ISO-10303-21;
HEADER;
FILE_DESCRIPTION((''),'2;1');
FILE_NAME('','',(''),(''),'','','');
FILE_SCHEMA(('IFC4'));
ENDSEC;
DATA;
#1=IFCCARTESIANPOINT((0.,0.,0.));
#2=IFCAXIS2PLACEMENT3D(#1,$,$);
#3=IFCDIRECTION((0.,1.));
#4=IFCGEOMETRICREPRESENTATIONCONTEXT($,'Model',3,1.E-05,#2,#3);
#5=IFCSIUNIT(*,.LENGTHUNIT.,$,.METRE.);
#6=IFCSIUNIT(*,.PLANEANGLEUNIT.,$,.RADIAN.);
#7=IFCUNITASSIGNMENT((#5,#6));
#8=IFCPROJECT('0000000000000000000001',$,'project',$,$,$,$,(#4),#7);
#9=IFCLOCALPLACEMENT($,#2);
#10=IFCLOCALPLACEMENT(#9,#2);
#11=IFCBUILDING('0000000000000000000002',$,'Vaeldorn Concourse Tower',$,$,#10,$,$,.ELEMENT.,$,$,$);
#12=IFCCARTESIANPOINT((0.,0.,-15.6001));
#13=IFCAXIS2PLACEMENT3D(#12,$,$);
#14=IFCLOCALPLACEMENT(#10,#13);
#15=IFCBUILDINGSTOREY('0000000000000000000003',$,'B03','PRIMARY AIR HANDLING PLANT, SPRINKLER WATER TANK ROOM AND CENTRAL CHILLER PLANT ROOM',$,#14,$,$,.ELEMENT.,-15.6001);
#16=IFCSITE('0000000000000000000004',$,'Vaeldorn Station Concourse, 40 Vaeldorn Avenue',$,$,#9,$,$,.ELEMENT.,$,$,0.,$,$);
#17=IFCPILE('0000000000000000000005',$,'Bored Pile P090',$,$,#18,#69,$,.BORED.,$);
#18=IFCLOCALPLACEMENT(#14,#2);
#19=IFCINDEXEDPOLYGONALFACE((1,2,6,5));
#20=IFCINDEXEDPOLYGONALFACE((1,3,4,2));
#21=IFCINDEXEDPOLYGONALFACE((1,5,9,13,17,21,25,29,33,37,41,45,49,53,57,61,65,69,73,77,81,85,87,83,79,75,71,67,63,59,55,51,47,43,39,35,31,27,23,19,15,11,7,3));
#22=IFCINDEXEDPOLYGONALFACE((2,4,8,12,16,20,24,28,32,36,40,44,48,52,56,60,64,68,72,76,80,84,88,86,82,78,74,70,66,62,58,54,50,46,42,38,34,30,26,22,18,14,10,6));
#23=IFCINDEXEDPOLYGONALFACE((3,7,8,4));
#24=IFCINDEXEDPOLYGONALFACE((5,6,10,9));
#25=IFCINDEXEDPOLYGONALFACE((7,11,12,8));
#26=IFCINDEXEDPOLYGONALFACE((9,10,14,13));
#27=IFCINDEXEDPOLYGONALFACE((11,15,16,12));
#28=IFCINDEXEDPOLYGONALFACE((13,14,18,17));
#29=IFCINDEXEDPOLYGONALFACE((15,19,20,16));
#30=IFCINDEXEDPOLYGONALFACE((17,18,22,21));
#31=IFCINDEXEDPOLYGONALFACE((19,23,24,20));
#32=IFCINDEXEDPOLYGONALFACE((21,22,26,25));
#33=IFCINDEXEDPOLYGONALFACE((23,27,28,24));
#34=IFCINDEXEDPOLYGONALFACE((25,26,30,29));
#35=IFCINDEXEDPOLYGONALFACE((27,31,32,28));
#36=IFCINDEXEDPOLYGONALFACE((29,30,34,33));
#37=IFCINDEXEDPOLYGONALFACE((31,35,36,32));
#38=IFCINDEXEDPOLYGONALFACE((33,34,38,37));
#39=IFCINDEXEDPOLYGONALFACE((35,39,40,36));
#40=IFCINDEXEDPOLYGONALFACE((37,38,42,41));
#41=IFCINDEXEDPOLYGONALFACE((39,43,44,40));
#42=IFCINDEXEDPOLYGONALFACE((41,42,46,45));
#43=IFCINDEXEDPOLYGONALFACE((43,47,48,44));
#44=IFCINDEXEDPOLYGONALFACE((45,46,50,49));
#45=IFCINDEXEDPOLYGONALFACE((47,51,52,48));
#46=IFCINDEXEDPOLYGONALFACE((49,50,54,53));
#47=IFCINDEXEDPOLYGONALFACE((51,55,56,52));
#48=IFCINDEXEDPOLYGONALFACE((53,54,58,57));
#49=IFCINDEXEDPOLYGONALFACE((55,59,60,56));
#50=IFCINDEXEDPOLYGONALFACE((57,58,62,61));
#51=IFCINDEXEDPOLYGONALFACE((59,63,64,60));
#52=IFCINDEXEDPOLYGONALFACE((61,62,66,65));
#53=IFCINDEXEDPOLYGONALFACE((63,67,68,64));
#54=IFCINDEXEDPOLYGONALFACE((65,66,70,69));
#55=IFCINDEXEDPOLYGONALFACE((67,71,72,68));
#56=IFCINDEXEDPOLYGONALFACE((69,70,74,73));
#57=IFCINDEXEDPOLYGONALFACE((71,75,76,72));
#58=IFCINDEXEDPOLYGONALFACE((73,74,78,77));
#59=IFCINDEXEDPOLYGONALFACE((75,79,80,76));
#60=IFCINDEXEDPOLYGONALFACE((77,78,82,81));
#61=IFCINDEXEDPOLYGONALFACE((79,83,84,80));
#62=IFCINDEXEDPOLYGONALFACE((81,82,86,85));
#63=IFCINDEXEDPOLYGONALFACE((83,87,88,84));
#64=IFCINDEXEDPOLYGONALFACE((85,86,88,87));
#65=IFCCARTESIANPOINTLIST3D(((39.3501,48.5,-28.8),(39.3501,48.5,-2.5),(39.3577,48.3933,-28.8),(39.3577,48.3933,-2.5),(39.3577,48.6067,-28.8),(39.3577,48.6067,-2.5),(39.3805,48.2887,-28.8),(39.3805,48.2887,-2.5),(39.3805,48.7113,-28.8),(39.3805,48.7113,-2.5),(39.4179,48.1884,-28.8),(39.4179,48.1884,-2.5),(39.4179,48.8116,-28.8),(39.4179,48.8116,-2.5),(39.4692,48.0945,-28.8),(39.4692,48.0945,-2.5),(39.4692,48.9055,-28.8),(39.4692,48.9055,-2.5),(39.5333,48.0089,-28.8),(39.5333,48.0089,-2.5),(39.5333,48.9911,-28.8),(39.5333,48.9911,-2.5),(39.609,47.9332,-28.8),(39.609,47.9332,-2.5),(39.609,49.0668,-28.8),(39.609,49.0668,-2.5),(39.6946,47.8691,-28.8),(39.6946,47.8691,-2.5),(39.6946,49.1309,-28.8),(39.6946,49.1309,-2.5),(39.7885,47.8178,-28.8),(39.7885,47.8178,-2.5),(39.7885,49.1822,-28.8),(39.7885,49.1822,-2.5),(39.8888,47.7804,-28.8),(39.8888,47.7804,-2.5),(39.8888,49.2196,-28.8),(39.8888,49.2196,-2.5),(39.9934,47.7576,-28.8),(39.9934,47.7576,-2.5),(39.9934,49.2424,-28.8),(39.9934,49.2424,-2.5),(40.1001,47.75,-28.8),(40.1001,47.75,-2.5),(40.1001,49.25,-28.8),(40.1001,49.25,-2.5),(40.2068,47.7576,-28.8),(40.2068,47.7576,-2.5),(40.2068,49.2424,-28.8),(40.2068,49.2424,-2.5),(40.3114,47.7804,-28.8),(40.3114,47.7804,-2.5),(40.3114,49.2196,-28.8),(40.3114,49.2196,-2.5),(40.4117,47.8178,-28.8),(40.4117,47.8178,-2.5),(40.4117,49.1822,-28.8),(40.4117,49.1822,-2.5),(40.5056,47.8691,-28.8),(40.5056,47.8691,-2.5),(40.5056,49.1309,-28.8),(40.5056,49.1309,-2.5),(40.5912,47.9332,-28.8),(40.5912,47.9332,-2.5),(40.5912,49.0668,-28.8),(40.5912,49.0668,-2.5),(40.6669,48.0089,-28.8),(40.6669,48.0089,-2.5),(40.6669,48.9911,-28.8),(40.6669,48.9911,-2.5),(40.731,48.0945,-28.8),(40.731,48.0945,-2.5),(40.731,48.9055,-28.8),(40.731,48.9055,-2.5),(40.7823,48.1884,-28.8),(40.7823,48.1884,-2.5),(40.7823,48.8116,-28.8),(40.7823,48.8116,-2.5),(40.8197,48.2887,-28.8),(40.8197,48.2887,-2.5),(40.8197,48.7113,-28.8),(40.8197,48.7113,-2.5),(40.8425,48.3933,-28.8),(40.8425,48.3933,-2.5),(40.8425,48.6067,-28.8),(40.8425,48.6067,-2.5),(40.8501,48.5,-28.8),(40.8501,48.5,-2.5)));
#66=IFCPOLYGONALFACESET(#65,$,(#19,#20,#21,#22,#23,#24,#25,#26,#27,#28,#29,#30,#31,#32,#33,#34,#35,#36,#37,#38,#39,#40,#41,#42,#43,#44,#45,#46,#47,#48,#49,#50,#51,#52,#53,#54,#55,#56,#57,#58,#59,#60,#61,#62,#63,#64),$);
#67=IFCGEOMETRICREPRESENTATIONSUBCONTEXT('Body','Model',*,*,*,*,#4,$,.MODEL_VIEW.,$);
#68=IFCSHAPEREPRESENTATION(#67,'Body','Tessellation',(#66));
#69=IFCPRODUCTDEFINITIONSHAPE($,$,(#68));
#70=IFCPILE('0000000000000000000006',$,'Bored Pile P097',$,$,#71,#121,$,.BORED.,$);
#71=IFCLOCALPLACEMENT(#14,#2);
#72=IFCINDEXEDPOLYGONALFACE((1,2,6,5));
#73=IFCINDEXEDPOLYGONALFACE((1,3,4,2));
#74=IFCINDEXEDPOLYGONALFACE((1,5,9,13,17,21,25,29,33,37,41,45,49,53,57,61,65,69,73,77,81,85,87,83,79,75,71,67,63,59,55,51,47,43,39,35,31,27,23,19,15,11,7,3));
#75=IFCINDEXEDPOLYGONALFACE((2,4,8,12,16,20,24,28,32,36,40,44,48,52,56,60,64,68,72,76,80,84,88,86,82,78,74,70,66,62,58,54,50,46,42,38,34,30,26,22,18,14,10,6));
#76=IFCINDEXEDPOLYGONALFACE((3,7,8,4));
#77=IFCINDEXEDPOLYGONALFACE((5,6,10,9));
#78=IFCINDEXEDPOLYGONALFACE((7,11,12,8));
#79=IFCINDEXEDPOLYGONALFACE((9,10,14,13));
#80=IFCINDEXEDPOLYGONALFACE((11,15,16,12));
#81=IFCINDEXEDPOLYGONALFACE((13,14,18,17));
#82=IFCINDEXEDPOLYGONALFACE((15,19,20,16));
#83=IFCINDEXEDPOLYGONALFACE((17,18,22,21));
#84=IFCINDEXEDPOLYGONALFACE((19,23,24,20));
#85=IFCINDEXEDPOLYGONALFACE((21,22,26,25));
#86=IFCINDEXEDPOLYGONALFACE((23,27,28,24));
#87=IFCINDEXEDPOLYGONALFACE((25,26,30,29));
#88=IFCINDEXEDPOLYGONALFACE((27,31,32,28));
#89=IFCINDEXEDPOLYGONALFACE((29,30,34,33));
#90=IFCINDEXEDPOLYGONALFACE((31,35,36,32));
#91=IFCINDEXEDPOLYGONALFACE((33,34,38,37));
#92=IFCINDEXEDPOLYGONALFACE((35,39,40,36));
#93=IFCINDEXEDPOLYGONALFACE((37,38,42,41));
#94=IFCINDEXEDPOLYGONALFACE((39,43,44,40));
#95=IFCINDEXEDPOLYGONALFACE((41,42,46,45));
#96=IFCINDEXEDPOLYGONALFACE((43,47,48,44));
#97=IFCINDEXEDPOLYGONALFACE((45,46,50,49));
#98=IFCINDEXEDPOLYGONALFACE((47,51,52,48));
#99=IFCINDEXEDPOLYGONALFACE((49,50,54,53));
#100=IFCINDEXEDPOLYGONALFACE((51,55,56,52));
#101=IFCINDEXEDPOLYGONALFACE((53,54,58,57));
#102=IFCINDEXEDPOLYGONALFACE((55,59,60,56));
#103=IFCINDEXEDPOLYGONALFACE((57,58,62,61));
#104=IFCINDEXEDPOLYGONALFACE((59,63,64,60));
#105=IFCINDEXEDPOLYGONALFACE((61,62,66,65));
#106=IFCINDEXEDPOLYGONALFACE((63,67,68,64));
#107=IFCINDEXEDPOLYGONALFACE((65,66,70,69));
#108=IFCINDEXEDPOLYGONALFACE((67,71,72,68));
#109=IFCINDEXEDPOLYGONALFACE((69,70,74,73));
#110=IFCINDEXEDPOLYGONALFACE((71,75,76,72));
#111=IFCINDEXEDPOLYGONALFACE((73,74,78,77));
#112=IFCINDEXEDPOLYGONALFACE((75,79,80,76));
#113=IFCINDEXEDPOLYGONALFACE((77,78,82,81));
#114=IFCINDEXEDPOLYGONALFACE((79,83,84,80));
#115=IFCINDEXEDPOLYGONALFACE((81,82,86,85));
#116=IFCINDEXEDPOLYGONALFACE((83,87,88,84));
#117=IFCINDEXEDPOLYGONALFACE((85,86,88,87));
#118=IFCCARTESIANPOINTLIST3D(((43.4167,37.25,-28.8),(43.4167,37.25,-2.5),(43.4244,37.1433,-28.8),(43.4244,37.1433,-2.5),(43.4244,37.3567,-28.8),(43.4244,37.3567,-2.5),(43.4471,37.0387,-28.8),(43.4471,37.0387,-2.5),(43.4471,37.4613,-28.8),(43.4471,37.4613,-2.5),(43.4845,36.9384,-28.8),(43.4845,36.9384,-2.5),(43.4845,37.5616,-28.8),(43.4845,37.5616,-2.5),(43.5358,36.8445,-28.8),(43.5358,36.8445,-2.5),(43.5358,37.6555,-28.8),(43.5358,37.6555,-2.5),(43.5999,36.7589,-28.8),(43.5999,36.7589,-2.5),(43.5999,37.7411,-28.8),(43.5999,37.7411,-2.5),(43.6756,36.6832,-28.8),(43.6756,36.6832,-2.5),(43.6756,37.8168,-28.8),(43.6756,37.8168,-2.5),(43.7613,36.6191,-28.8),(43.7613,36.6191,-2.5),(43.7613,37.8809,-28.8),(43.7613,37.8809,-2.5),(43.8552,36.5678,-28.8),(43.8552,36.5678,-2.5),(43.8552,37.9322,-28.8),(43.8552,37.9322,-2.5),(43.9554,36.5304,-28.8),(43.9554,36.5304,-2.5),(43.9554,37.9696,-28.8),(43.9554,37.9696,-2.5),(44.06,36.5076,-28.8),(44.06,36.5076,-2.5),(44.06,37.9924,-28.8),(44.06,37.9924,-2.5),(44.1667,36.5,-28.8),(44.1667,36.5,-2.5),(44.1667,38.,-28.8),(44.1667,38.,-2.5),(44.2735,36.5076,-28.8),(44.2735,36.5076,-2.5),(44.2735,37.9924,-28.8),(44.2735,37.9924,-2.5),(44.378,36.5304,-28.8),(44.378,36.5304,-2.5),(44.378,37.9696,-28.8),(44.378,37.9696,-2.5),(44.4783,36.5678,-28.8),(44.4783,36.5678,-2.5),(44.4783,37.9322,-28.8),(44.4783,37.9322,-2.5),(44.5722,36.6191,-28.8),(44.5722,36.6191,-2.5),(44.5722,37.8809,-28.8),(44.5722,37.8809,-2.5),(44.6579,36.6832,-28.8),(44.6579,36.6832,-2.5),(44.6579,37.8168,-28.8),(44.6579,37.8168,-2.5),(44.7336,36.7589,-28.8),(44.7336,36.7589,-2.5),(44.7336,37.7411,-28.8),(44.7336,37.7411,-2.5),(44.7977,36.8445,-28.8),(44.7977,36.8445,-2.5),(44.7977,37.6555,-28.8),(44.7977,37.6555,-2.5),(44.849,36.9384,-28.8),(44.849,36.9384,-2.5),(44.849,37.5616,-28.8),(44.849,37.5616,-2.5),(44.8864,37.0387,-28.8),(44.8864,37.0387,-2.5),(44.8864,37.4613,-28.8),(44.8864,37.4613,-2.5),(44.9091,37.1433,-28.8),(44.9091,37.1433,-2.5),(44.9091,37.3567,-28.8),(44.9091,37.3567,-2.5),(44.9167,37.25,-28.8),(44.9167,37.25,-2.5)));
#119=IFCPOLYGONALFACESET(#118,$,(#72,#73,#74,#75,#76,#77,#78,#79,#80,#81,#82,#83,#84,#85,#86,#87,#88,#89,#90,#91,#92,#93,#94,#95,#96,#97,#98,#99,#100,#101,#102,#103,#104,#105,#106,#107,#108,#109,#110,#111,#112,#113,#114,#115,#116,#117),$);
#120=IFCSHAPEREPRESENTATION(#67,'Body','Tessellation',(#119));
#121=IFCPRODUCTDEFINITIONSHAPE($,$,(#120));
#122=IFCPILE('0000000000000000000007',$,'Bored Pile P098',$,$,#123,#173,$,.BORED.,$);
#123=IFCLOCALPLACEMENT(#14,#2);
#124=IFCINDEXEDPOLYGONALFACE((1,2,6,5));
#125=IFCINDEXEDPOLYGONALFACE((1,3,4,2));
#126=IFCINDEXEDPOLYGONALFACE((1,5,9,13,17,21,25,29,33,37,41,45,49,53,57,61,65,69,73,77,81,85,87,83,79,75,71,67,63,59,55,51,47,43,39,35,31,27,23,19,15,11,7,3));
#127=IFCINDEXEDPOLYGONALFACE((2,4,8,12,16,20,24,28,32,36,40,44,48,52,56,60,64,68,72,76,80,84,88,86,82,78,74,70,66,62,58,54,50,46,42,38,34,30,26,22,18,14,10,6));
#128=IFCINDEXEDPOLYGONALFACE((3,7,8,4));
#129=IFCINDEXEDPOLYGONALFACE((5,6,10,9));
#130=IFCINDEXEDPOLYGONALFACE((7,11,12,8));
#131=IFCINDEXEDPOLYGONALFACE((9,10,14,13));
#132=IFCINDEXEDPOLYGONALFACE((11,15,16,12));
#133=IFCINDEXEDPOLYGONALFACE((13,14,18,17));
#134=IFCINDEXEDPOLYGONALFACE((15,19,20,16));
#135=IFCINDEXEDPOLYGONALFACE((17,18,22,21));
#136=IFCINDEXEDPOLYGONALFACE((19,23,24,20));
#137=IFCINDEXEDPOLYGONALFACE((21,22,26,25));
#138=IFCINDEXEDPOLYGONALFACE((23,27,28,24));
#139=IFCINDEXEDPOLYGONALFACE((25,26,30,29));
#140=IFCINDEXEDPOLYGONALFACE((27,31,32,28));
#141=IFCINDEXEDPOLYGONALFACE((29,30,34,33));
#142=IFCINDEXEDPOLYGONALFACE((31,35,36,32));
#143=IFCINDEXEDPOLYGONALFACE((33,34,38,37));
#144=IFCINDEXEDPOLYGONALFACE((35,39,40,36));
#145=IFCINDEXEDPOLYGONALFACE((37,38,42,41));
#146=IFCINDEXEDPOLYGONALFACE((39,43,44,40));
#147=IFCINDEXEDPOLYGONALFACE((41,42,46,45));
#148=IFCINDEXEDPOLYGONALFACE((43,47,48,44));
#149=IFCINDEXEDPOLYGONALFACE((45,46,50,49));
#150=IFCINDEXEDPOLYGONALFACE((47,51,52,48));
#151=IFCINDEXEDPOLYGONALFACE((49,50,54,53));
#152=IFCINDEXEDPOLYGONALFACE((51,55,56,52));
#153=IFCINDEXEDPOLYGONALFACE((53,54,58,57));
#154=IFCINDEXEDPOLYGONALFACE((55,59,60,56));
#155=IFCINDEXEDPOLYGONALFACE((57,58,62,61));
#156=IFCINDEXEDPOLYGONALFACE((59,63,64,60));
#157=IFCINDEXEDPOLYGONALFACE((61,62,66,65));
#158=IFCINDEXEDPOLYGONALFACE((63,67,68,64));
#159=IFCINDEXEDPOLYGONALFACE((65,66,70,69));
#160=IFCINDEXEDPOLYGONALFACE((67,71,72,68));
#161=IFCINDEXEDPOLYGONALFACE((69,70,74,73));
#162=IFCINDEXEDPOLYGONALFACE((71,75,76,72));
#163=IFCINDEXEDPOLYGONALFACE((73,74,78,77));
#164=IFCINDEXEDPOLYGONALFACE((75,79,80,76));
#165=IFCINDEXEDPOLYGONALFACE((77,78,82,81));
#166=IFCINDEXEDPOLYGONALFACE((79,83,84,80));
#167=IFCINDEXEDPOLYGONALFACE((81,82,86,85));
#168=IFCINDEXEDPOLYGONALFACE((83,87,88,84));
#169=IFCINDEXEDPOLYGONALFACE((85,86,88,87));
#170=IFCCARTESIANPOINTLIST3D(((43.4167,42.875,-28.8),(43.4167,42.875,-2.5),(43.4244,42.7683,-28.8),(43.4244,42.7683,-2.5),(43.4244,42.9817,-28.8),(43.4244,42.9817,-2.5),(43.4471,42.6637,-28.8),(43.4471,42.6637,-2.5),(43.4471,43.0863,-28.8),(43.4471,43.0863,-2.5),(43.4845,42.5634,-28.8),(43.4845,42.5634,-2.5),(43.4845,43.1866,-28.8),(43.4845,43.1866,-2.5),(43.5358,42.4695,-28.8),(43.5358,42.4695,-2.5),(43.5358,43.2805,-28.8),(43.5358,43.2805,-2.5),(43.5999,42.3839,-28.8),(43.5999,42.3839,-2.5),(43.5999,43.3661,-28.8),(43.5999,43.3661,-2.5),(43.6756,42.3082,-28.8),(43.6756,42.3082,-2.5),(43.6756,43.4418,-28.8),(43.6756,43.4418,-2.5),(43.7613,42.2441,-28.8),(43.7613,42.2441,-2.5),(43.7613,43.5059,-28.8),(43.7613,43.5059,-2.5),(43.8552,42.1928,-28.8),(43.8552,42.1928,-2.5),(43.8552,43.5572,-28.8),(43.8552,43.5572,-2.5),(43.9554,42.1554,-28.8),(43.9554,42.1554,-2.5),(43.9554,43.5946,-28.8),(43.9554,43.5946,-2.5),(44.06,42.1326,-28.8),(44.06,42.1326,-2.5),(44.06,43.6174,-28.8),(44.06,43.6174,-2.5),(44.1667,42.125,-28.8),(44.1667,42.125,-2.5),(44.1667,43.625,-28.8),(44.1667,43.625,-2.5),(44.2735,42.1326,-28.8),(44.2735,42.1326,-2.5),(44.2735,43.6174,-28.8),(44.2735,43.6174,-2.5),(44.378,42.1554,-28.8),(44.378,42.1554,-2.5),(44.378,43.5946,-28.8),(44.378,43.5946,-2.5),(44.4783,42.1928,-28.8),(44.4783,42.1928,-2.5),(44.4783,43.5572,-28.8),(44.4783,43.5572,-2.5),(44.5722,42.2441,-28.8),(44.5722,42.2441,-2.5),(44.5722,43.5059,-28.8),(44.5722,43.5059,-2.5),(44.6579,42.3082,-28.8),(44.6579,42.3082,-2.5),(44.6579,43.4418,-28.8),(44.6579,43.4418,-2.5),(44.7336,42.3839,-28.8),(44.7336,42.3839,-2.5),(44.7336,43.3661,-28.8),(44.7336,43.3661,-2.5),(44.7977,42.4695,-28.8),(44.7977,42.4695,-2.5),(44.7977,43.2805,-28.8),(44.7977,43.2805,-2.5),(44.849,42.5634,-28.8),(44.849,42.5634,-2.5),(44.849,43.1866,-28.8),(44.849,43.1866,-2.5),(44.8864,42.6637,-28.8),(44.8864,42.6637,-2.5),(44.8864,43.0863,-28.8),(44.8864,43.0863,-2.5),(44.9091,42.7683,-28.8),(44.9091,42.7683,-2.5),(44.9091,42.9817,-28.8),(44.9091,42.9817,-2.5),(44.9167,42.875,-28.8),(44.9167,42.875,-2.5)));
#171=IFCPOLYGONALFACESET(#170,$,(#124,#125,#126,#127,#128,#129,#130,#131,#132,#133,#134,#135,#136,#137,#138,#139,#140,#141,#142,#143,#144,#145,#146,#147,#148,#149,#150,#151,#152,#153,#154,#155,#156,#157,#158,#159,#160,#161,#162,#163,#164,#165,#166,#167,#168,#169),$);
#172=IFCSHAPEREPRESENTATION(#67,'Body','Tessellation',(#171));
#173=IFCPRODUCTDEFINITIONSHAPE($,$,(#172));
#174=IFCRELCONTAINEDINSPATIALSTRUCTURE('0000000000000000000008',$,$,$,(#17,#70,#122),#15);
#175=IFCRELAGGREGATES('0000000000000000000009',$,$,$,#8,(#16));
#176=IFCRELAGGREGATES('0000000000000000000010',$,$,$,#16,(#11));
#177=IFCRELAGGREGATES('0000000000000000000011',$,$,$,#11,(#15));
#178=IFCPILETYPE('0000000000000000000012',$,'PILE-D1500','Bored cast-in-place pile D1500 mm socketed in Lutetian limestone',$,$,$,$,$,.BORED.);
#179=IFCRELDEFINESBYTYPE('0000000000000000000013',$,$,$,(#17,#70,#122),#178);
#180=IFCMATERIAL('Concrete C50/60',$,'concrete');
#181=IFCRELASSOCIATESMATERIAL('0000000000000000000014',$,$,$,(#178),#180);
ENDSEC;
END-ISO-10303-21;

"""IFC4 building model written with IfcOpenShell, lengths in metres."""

from ifc_helpers import new_model, si_unit, direction, frame, origin, origin_2d, place, context, subcontext, project, spatial, circle, extrude, material, material_profile, profile_set, type_object, element, save


model = new_model("IFC4")

# Units and contexts
model_context = context("Model", 3, precision=1e-05, world=origin(), true_north=direction((0.0, 1.0)))
body_context = subcontext(model_context, "Body", "Model", "MODEL_VIEW")
ifc_project = project(units=[si_unit("LENGTHUNIT", "METRE"), si_unit("PLANEANGLEUNIT", "RADIAN")], contexts=[model_context])

# Site, building, storey
site_placement = place(None, origin())
site = spatial("IfcSite", under=ifc_project, at=site_placement, Name="Vaeldorn Station Concourse, 40 Vaeldorn Avenue", CompositionType="ELEMENT", RefElevation=0.0)
building_placement = place(site_placement, origin())
building = spatial("IfcBuilding", under=site, at=building_placement, Name="Vaeldorn Concourse Tower", CompositionType="ELEMENT")
storey_placement = place(building_placement, frame((0.0, 0.0, -15.6001)))
storey = spatial("IfcBuildingStorey", under=building, at=storey_placement, Name="B03", Description="PRIMARY AIR HANDLING PLANT, SPRINKLER WATER TANK ROOM AND CENTRAL CHILLER PLANT ROOM", CompositionType="ELEMENT", Elevation=-15.6001)

# Piles
ifc_material_1 = material(Name="Concrete C50/60", Category="concrete")
ifc_material_profile_1 = material_profile(ifc_material_1, circle(Radius=0.75, at=origin_2d()), Name="BORED PILE D1500")
ifc_profile_set_1 = profile_set([ifc_material_profile_1], Name="Concrete C50/60")
pile_type = type_object("IfcPileType", Name="PILE-D1500", Description="Bored cast-in-place pile D1500 mm socketed in Lutetian limestone", PredefinedType="BORED", material=ifc_profile_set_1)
for number, where, z_axis, x_axis, name in (
    (1, (40.1001, 48.5, -2.5), (0.0, 0.0, -1.0), (1.0, 0.0, 0.0), "Bored Pile P090"),
    (2, (44.1667, 37.25, -2.5), (0.0, 0.0, -1.0), (1.0, 0.0, 0.0), "Bored Pile P097"),
    (3, (44.1667, 42.875, -2.5), (0.0, 0.0, -1.0), (1.0, 0.0, 0.0), "Bored Pile P098"),
):
    element("IfcPile", number, at=place(storey_placement, frame(where, z_axis=z_axis, x_axis=x_axis)), inside=storey, type_object=pile_type, Name=name, PredefinedType="BORED", context=body_context, shape_type="SweptSolid", body=[
        extrude(circle(Radius=0.75, at=origin_2d()), origin(), (0.0, 0.0, 1.0), 26.3),
    ])

save(model, "model.ifc")
